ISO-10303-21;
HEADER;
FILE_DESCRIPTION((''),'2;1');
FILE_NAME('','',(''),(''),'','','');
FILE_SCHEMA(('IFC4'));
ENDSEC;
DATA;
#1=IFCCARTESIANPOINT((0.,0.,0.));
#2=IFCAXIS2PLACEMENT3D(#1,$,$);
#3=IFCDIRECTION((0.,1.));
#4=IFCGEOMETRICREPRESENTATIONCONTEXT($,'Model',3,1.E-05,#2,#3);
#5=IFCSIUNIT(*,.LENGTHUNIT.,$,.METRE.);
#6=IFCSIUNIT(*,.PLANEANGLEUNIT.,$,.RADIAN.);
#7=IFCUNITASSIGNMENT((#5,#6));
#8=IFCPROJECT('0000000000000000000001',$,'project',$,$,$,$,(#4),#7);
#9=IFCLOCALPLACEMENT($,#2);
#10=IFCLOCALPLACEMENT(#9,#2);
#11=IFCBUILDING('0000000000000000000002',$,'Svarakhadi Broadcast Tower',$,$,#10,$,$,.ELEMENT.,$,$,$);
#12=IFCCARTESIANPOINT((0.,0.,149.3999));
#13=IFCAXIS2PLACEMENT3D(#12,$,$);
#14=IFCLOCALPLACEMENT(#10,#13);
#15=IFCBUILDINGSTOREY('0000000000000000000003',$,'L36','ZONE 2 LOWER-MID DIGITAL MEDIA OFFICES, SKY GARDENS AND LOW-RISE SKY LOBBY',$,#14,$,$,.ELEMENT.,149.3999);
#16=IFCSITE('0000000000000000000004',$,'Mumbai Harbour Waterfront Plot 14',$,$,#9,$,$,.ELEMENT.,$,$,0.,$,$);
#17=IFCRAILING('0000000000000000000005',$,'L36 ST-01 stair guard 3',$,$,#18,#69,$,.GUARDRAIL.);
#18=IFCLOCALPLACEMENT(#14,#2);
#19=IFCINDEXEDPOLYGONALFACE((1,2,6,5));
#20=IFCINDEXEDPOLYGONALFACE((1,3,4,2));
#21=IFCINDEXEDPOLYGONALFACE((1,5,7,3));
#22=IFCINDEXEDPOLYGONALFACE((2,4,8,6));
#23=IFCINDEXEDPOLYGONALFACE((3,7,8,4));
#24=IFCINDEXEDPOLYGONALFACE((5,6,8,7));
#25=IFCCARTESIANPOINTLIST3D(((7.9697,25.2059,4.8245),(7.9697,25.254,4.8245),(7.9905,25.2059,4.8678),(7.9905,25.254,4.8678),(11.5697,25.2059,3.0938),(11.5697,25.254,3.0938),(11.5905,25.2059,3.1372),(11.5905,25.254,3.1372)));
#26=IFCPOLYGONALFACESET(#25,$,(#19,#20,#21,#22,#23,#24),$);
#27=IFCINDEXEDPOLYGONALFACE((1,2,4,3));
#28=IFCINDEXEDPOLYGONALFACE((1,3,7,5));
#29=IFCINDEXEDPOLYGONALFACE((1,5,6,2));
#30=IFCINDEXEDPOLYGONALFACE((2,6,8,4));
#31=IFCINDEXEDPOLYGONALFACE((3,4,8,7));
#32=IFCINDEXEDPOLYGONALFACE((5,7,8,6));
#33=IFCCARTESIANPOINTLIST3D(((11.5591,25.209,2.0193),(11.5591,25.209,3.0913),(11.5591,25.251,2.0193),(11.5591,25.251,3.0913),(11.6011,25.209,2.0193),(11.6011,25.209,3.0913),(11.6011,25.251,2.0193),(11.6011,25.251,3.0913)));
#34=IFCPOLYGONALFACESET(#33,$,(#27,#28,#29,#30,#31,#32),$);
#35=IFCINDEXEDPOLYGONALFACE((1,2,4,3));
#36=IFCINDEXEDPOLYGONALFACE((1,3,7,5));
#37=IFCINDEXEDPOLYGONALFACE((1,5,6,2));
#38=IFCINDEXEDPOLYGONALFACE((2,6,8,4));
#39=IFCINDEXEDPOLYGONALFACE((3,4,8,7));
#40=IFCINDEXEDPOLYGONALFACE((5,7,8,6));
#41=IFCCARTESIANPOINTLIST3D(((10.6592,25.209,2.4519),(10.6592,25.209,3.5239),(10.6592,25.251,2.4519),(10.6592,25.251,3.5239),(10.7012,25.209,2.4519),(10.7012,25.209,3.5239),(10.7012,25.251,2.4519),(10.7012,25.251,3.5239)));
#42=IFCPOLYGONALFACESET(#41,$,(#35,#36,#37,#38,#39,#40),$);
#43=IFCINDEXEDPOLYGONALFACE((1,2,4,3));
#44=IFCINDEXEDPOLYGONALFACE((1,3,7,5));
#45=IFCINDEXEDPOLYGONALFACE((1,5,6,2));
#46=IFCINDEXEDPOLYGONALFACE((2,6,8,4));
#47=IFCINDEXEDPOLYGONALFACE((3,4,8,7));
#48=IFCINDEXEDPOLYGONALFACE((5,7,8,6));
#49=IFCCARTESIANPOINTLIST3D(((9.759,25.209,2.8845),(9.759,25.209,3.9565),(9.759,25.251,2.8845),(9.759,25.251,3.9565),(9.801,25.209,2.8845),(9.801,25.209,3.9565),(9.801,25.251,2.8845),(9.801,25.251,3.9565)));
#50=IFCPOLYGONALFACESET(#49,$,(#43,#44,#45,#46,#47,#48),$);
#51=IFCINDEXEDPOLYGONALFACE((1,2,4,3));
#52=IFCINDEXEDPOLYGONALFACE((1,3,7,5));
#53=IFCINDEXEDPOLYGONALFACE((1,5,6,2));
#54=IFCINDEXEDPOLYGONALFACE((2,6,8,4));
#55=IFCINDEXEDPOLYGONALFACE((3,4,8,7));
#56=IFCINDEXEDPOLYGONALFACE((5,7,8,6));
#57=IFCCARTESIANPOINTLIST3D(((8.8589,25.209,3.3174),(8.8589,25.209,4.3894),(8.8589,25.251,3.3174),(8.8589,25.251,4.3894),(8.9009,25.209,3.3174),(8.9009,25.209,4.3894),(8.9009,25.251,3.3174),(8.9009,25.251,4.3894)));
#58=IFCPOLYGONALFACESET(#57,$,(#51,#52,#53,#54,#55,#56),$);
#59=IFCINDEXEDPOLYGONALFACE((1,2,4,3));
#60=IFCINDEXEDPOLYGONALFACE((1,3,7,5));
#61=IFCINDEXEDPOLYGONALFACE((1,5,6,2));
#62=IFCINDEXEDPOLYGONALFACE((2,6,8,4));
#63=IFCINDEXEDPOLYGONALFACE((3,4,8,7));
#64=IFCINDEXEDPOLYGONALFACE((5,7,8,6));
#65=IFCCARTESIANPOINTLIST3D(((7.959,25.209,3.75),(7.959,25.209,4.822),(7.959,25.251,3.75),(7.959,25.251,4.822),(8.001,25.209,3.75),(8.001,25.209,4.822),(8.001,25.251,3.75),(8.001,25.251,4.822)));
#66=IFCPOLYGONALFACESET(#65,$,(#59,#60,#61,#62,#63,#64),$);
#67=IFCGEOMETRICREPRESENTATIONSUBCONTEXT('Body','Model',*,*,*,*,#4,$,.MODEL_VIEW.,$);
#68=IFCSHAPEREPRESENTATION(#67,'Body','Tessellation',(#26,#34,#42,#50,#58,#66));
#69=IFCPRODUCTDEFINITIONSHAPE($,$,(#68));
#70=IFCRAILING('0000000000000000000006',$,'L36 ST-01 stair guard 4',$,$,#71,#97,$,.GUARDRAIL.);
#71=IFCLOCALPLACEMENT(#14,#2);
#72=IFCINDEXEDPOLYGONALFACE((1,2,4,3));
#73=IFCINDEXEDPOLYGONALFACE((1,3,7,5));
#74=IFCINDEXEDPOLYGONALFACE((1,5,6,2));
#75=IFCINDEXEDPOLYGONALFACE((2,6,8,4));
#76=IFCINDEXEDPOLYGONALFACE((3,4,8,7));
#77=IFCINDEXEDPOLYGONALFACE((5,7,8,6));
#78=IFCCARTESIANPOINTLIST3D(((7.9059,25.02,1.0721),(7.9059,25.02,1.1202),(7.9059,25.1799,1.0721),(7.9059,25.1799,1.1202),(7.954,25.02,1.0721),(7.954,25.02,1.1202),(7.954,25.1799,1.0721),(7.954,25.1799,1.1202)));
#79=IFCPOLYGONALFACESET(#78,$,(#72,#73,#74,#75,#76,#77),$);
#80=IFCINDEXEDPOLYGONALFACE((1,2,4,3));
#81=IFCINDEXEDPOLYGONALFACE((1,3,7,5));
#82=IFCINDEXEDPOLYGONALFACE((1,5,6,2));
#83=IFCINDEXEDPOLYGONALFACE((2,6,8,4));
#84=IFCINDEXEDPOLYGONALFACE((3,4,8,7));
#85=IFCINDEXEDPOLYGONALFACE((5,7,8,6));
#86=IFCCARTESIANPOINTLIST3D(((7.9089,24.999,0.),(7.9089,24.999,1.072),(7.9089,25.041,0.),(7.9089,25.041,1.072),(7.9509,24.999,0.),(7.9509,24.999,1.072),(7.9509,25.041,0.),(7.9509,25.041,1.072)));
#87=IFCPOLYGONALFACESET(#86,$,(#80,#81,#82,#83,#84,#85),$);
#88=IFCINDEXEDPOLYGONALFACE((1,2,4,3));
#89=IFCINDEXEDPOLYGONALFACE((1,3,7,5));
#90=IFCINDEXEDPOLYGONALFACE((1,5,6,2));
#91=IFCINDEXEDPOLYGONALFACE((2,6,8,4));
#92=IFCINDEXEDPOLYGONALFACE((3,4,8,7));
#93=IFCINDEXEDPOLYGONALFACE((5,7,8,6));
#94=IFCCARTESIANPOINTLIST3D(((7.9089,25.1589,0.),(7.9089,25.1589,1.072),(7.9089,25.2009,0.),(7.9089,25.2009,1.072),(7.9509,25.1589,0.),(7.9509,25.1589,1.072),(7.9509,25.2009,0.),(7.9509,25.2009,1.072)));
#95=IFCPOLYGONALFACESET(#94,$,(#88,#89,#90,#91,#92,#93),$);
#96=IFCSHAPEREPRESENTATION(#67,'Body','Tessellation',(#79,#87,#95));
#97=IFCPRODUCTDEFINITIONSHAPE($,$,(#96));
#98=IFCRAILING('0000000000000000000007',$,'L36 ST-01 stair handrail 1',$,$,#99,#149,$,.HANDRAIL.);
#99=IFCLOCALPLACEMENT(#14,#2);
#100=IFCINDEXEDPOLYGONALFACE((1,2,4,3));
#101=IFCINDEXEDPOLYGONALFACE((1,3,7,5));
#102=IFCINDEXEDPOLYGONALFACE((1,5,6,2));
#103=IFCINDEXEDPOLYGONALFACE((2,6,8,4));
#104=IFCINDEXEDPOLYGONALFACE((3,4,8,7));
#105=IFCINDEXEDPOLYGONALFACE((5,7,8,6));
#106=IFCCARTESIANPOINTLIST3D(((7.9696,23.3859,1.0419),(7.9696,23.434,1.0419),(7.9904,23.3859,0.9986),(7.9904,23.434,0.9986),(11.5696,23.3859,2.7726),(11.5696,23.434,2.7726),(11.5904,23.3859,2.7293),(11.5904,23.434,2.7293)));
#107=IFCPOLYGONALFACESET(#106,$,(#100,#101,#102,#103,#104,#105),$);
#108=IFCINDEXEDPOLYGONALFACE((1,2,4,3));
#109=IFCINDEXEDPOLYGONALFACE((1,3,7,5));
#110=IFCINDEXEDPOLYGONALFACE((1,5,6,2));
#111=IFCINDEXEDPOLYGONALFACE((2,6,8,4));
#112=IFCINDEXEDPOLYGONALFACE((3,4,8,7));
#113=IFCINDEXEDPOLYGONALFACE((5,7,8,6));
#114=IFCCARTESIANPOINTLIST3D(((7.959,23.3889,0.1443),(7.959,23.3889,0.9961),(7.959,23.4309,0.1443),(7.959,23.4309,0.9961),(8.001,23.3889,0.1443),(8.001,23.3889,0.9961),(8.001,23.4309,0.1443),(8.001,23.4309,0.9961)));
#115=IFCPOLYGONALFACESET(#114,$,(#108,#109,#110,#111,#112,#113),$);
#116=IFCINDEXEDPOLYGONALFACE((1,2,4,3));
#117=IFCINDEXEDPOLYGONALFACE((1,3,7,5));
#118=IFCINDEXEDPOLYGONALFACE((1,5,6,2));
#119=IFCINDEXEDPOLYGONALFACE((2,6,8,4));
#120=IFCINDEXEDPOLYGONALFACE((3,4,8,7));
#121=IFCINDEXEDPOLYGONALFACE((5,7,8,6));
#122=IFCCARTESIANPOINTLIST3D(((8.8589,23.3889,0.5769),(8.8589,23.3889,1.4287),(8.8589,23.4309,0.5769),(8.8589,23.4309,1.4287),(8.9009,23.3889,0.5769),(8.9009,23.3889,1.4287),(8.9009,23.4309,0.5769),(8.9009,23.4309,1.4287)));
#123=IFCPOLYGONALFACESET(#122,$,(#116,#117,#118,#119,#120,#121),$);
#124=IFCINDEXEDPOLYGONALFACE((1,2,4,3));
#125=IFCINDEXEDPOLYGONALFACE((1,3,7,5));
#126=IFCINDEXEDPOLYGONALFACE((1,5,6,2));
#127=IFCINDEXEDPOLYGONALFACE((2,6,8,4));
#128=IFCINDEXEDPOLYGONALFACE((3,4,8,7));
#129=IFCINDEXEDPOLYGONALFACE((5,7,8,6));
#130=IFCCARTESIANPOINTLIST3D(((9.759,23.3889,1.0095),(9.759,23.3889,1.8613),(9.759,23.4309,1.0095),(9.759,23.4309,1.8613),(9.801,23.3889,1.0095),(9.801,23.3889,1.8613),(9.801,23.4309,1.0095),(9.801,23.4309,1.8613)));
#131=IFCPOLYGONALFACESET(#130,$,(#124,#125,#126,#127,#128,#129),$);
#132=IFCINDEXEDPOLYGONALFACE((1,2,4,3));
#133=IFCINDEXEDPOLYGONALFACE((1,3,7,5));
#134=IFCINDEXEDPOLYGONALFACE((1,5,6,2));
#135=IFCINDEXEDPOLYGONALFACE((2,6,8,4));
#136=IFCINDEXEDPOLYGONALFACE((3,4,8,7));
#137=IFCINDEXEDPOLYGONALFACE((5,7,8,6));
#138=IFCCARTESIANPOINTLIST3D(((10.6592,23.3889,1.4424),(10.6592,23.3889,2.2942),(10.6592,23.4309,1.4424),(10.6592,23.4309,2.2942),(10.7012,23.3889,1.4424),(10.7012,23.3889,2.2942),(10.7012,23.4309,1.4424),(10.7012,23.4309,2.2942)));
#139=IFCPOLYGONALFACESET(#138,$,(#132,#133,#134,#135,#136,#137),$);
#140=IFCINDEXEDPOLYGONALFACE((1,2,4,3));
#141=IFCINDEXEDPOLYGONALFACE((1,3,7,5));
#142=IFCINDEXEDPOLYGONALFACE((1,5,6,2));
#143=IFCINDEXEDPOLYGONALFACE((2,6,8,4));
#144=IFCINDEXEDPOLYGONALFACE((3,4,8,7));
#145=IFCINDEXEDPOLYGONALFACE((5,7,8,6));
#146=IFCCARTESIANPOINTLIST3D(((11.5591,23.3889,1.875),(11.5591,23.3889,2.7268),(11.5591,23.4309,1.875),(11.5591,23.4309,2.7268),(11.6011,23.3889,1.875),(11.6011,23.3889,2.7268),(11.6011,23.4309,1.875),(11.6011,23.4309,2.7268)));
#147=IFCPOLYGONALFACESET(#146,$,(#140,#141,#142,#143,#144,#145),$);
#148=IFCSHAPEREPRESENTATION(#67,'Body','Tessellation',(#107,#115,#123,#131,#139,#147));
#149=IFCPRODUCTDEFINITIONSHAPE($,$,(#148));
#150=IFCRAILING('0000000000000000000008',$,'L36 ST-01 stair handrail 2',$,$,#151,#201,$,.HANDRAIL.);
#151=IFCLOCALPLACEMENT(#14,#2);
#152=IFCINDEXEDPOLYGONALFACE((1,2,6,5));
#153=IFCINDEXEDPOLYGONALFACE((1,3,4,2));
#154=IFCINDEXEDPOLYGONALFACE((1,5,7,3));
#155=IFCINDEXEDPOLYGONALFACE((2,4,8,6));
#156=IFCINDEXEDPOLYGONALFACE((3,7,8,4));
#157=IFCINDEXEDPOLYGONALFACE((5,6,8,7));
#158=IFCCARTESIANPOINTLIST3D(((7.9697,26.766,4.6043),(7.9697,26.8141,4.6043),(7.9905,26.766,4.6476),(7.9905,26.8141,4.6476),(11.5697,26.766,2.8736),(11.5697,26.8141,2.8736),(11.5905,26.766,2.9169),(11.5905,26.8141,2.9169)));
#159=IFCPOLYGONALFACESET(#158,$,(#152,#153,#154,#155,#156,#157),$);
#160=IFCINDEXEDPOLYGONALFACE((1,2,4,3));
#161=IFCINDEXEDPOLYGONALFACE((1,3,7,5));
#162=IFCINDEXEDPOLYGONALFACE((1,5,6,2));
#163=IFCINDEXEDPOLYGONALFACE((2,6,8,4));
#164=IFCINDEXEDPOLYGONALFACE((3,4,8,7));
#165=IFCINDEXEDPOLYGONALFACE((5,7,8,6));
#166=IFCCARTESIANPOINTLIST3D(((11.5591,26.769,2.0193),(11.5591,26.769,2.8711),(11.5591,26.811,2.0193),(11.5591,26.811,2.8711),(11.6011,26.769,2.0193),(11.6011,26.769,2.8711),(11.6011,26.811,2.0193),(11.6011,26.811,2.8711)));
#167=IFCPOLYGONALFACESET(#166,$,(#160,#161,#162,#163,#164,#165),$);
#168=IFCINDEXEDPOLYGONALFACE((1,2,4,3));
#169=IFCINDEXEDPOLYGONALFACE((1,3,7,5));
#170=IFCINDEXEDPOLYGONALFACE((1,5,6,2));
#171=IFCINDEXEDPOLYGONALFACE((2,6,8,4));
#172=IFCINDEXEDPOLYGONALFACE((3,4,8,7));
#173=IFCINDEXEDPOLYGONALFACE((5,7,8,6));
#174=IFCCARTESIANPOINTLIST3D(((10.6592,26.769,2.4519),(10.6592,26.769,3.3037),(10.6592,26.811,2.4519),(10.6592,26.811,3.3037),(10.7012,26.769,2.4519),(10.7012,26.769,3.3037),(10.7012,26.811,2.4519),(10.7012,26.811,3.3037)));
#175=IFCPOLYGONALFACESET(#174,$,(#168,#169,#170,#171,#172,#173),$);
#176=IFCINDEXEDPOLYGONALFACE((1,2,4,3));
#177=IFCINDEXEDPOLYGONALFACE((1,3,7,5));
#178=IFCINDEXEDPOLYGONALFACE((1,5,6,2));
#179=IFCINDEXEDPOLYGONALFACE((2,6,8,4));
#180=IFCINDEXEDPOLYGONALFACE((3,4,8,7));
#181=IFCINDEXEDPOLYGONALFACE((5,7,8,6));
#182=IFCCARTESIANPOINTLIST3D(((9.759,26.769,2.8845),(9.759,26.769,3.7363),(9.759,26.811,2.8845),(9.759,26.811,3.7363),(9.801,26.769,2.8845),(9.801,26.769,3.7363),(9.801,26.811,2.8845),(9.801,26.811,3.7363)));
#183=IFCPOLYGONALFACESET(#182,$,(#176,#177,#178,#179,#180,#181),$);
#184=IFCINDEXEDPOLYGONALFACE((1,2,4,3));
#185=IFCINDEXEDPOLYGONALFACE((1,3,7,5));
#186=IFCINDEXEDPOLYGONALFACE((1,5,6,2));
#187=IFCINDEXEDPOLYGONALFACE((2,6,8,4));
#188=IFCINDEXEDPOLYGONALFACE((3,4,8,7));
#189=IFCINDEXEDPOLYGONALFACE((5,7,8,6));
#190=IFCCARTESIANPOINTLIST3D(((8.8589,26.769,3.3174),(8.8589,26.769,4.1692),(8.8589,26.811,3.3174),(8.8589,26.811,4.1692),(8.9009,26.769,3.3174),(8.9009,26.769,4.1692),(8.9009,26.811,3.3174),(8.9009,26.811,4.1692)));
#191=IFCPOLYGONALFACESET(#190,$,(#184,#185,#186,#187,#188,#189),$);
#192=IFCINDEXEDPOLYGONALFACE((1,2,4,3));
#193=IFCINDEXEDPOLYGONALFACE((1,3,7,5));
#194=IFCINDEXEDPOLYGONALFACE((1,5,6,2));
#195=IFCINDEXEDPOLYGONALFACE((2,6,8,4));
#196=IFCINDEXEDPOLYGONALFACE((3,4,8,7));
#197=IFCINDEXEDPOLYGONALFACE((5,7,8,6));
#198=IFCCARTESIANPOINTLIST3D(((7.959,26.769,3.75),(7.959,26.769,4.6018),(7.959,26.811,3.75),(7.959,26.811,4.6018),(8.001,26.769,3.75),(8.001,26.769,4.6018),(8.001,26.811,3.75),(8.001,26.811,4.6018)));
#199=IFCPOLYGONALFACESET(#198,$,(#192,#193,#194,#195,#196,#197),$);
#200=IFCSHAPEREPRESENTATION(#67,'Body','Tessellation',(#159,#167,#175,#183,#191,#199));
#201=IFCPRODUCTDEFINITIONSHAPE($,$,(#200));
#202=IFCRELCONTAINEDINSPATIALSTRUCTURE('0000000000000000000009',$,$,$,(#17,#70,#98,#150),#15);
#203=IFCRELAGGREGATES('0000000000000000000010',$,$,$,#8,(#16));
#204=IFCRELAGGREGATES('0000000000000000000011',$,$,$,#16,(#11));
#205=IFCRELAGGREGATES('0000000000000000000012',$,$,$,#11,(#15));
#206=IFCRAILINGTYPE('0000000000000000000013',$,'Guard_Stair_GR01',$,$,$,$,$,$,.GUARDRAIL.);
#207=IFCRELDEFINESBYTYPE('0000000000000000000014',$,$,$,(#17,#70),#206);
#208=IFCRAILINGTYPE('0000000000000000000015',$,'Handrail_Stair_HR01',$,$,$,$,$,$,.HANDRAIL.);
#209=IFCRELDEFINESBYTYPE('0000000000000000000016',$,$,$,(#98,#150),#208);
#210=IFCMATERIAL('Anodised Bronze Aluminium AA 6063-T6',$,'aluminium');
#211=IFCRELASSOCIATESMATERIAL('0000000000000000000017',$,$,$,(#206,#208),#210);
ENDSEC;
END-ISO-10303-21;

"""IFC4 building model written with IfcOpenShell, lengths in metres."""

from ifc_helpers import new_model, si_unit, direction, frame, origin, origin_2d, place, context, subcontext, project, spatial, rectangle, extrude, material, type_object, element, save


model = new_model("IFC4")

# Units and contexts
model_context = context("Model", 3, precision=1e-05, world=origin(), true_north=direction((0.0, 1.0)))
body_context = subcontext(model_context, "Body", "Model", "MODEL_VIEW")
ifc_project = project(units=[si_unit("LENGTHUNIT", "METRE"), si_unit("PLANEANGLEUNIT", "RADIAN")], contexts=[model_context])

# Site, building, storey
site_placement = place(None, origin())
site = spatial("IfcSite", under=ifc_project, at=site_placement, Name="Mumbai Harbour Waterfront Plot 14", CompositionType="ELEMENT", RefElevation=0.0)
building_placement = place(site_placement, origin())
building = spatial("IfcBuilding", under=site, at=building_placement, Name="Svarakhadi Broadcast Tower", CompositionType="ELEMENT")
storey_placement = place(building_placement, frame((0.0, 0.0, 149.3999)))
storey = spatial("IfcBuildingStorey", under=building, at=storey_placement, Name="L36", Description="ZONE 2 LOWER-MID DIGITAL MEDIA OFFICES, SKY GARDENS AND LOW-RISE SKY LOBBY", CompositionType="ELEMENT", Elevation=149.3999)

# Railings
ifc_material_1 = material(Name="Anodised Bronze Aluminium AA 6063-T6", Category="aluminium")
railing_type_1 = type_object("IfcRailingType", Name="Guard_Stair_GR01", PredefinedType="GUARDRAIL", material=ifc_material_1)
railing_1_placement = place(storey_placement, frame((11.5801, 25.23, 2.0193)))
element("IfcRailing", 1, at=railing_1_placement, inside=storey, type_object=railing_type_1, Name="L36 ST-01 stair guard 3", PredefinedType="GUARDRAIL", context=body_context, shape_type="SweptSolid", body=[
    extrude(rectangle(XDim=0.0481, YDim=0.0481, at=origin_2d()), frame((0.0, 0.0, 1.0962), z_axis=(-0.901263, 0.0, 0.433273), x_axis=(0.0, -1.0, 0.0)), (0.0, 0.0, 1.0), 3.9944),
    extrude(rectangle(XDim=0.042, YDim=0.042, at=origin_2d()), origin(), (0.0, 0.0, 1.0), 1.072),
    extrude(rectangle(XDim=0.042, YDim=0.042, at=origin_2d()), frame((-0.8999, 0.0, 0.4326)), (0.0, 0.0, 1.0), 1.072),
    extrude(rectangle(XDim=0.042, YDim=0.042, at=origin_2d()), frame((-1.8, 0.0, 0.8652)), (0.0, 0.0, 1.0), 1.072),
    extrude(rectangle(XDim=0.042, YDim=0.042, at=origin_2d()), frame((-2.7002, 0.0, 1.2981)), (0.0, 0.0, 1.0), 1.072),
    extrude(rectangle(XDim=0.042, YDim=0.042, at=origin_2d()), frame((-3.6001, 0.0, 1.7307)), (0.0, 0.0, 1.0), 1.072),
])
railing_2_placement = place(storey_placement, frame((7.9299, 25.02, 0.0)))
element("IfcRailing", 2, at=railing_2_placement, inside=storey, type_object=railing_type_1, Name="L36 ST-01 stair guard 4", PredefinedType="GUARDRAIL", context=body_context, shape_type="SweptSolid", body=[
    extrude(rectangle(XDim=0.0481, YDim=0.0481, at=origin_2d()), frame((0.0, 0.0, 1.0962), z_axis=(0.0, 1.0, 0.0), x_axis=(-1.0, 0.0, 0.0)), (0.0, 0.0, 1.0), 0.1599),
    extrude(rectangle(XDim=0.042, YDim=0.042, at=origin_2d()), origin(), (0.0, 0.0, 1.0), 1.072),
    extrude(rectangle(XDim=0.042, YDim=0.042, at=origin_2d()), frame((0.0, 0.1599, 0.0)), (0.0, 0.0, 1.0), 1.072),
])
railing_type_2 = type_object("IfcRailingType", Name="Handrail_Stair_HR01", PredefinedType="HANDRAIL", material=ifc_material_1)
railing_3_placement = place(storey_placement, frame((7.98, 23.4099, 0.1443)))
element("IfcRailing", 3, at=railing_3_placement, inside=storey, type_object=railing_type_2, Name="L36 ST-01 stair handrail 1", PredefinedType="HANDRAIL", context=body_context, shape_type="SweptSolid", body=[
    extrude(rectangle(XDim=0.0481, YDim=0.0481, at=origin_2d()), frame((0.0, 0.0, 0.876), z_axis=(0.901263, 0.0, 0.433273), x_axis=(0.0, 1.0, 0.0)), (0.0, 0.0, 1.0), 3.9944),
    extrude(rectangle(XDim=0.042, YDim=0.042, at=origin_2d()), origin(), (0.0, 0.0, 1.0), 0.8518),
    extrude(rectangle(XDim=0.042, YDim=0.042, at=origin_2d()), frame((0.8999, 0.0, 0.4326)), (0.0, 0.0, 1.0), 0.8518),
    extrude(rectangle(XDim=0.042, YDim=0.042, at=origin_2d()), frame((1.8, 0.0, 0.8652)), (0.0, 0.0, 1.0), 0.8518),
    extrude(rectangle(XDim=0.042, YDim=0.042, at=origin_2d()), frame((2.7002, 0.0, 1.2981)), (0.0, 0.0, 1.0), 0.8518),
    extrude(rectangle(XDim=0.042, YDim=0.042, at=origin_2d()), frame((3.6001, 0.0, 1.7307)), (0.0, 0.0, 1.0), 0.8518),
])
railing_4_placement = place(storey_placement, frame((11.5801, 26.79, 2.0193)))
element("IfcRailing", 4, at=railing_4_placement, inside=storey, type_object=railing_type_2, Name="L36 ST-01 stair handrail 2", PredefinedType="HANDRAIL", context=body_context, shape_type="SweptSolid", body=[
    extrude(rectangle(XDim=0.0481, YDim=0.0481, at=origin_2d()), frame((0.0, 0.0, 0.876), z_axis=(-0.901263, 0.0, 0.433273), x_axis=(0.0, -1.0, 0.0)), (0.0, 0.0, 1.0), 3.9944),
    extrude(rectangle(XDim=0.042, YDim=0.042, at=origin_2d()), origin(), (0.0, 0.0, 1.0), 0.8518),
    extrude(rectangle(XDim=0.042, YDim=0.042, at=origin_2d()), frame((-0.8999, 0.0, 0.4326)), (0.0, 0.0, 1.0), 0.8518),
    extrude(rectangle(XDim=0.042, YDim=0.042, at=origin_2d()), frame((-1.8, 0.0, 0.8652)), (0.0, 0.0, 1.0), 0.8518),
    extrude(rectangle(XDim=0.042, YDim=0.042, at=origin_2d()), frame((-2.7002, 0.0, 1.2981)), (0.0, 0.0, 1.0), 0.8518),
    extrude(rectangle(XDim=0.042, YDim=0.042, at=origin_2d()), frame((-3.6001, 0.0, 1.7307)), (0.0, 0.0, 1.0), 0.8518),
])

save(model, "model.ifc")
